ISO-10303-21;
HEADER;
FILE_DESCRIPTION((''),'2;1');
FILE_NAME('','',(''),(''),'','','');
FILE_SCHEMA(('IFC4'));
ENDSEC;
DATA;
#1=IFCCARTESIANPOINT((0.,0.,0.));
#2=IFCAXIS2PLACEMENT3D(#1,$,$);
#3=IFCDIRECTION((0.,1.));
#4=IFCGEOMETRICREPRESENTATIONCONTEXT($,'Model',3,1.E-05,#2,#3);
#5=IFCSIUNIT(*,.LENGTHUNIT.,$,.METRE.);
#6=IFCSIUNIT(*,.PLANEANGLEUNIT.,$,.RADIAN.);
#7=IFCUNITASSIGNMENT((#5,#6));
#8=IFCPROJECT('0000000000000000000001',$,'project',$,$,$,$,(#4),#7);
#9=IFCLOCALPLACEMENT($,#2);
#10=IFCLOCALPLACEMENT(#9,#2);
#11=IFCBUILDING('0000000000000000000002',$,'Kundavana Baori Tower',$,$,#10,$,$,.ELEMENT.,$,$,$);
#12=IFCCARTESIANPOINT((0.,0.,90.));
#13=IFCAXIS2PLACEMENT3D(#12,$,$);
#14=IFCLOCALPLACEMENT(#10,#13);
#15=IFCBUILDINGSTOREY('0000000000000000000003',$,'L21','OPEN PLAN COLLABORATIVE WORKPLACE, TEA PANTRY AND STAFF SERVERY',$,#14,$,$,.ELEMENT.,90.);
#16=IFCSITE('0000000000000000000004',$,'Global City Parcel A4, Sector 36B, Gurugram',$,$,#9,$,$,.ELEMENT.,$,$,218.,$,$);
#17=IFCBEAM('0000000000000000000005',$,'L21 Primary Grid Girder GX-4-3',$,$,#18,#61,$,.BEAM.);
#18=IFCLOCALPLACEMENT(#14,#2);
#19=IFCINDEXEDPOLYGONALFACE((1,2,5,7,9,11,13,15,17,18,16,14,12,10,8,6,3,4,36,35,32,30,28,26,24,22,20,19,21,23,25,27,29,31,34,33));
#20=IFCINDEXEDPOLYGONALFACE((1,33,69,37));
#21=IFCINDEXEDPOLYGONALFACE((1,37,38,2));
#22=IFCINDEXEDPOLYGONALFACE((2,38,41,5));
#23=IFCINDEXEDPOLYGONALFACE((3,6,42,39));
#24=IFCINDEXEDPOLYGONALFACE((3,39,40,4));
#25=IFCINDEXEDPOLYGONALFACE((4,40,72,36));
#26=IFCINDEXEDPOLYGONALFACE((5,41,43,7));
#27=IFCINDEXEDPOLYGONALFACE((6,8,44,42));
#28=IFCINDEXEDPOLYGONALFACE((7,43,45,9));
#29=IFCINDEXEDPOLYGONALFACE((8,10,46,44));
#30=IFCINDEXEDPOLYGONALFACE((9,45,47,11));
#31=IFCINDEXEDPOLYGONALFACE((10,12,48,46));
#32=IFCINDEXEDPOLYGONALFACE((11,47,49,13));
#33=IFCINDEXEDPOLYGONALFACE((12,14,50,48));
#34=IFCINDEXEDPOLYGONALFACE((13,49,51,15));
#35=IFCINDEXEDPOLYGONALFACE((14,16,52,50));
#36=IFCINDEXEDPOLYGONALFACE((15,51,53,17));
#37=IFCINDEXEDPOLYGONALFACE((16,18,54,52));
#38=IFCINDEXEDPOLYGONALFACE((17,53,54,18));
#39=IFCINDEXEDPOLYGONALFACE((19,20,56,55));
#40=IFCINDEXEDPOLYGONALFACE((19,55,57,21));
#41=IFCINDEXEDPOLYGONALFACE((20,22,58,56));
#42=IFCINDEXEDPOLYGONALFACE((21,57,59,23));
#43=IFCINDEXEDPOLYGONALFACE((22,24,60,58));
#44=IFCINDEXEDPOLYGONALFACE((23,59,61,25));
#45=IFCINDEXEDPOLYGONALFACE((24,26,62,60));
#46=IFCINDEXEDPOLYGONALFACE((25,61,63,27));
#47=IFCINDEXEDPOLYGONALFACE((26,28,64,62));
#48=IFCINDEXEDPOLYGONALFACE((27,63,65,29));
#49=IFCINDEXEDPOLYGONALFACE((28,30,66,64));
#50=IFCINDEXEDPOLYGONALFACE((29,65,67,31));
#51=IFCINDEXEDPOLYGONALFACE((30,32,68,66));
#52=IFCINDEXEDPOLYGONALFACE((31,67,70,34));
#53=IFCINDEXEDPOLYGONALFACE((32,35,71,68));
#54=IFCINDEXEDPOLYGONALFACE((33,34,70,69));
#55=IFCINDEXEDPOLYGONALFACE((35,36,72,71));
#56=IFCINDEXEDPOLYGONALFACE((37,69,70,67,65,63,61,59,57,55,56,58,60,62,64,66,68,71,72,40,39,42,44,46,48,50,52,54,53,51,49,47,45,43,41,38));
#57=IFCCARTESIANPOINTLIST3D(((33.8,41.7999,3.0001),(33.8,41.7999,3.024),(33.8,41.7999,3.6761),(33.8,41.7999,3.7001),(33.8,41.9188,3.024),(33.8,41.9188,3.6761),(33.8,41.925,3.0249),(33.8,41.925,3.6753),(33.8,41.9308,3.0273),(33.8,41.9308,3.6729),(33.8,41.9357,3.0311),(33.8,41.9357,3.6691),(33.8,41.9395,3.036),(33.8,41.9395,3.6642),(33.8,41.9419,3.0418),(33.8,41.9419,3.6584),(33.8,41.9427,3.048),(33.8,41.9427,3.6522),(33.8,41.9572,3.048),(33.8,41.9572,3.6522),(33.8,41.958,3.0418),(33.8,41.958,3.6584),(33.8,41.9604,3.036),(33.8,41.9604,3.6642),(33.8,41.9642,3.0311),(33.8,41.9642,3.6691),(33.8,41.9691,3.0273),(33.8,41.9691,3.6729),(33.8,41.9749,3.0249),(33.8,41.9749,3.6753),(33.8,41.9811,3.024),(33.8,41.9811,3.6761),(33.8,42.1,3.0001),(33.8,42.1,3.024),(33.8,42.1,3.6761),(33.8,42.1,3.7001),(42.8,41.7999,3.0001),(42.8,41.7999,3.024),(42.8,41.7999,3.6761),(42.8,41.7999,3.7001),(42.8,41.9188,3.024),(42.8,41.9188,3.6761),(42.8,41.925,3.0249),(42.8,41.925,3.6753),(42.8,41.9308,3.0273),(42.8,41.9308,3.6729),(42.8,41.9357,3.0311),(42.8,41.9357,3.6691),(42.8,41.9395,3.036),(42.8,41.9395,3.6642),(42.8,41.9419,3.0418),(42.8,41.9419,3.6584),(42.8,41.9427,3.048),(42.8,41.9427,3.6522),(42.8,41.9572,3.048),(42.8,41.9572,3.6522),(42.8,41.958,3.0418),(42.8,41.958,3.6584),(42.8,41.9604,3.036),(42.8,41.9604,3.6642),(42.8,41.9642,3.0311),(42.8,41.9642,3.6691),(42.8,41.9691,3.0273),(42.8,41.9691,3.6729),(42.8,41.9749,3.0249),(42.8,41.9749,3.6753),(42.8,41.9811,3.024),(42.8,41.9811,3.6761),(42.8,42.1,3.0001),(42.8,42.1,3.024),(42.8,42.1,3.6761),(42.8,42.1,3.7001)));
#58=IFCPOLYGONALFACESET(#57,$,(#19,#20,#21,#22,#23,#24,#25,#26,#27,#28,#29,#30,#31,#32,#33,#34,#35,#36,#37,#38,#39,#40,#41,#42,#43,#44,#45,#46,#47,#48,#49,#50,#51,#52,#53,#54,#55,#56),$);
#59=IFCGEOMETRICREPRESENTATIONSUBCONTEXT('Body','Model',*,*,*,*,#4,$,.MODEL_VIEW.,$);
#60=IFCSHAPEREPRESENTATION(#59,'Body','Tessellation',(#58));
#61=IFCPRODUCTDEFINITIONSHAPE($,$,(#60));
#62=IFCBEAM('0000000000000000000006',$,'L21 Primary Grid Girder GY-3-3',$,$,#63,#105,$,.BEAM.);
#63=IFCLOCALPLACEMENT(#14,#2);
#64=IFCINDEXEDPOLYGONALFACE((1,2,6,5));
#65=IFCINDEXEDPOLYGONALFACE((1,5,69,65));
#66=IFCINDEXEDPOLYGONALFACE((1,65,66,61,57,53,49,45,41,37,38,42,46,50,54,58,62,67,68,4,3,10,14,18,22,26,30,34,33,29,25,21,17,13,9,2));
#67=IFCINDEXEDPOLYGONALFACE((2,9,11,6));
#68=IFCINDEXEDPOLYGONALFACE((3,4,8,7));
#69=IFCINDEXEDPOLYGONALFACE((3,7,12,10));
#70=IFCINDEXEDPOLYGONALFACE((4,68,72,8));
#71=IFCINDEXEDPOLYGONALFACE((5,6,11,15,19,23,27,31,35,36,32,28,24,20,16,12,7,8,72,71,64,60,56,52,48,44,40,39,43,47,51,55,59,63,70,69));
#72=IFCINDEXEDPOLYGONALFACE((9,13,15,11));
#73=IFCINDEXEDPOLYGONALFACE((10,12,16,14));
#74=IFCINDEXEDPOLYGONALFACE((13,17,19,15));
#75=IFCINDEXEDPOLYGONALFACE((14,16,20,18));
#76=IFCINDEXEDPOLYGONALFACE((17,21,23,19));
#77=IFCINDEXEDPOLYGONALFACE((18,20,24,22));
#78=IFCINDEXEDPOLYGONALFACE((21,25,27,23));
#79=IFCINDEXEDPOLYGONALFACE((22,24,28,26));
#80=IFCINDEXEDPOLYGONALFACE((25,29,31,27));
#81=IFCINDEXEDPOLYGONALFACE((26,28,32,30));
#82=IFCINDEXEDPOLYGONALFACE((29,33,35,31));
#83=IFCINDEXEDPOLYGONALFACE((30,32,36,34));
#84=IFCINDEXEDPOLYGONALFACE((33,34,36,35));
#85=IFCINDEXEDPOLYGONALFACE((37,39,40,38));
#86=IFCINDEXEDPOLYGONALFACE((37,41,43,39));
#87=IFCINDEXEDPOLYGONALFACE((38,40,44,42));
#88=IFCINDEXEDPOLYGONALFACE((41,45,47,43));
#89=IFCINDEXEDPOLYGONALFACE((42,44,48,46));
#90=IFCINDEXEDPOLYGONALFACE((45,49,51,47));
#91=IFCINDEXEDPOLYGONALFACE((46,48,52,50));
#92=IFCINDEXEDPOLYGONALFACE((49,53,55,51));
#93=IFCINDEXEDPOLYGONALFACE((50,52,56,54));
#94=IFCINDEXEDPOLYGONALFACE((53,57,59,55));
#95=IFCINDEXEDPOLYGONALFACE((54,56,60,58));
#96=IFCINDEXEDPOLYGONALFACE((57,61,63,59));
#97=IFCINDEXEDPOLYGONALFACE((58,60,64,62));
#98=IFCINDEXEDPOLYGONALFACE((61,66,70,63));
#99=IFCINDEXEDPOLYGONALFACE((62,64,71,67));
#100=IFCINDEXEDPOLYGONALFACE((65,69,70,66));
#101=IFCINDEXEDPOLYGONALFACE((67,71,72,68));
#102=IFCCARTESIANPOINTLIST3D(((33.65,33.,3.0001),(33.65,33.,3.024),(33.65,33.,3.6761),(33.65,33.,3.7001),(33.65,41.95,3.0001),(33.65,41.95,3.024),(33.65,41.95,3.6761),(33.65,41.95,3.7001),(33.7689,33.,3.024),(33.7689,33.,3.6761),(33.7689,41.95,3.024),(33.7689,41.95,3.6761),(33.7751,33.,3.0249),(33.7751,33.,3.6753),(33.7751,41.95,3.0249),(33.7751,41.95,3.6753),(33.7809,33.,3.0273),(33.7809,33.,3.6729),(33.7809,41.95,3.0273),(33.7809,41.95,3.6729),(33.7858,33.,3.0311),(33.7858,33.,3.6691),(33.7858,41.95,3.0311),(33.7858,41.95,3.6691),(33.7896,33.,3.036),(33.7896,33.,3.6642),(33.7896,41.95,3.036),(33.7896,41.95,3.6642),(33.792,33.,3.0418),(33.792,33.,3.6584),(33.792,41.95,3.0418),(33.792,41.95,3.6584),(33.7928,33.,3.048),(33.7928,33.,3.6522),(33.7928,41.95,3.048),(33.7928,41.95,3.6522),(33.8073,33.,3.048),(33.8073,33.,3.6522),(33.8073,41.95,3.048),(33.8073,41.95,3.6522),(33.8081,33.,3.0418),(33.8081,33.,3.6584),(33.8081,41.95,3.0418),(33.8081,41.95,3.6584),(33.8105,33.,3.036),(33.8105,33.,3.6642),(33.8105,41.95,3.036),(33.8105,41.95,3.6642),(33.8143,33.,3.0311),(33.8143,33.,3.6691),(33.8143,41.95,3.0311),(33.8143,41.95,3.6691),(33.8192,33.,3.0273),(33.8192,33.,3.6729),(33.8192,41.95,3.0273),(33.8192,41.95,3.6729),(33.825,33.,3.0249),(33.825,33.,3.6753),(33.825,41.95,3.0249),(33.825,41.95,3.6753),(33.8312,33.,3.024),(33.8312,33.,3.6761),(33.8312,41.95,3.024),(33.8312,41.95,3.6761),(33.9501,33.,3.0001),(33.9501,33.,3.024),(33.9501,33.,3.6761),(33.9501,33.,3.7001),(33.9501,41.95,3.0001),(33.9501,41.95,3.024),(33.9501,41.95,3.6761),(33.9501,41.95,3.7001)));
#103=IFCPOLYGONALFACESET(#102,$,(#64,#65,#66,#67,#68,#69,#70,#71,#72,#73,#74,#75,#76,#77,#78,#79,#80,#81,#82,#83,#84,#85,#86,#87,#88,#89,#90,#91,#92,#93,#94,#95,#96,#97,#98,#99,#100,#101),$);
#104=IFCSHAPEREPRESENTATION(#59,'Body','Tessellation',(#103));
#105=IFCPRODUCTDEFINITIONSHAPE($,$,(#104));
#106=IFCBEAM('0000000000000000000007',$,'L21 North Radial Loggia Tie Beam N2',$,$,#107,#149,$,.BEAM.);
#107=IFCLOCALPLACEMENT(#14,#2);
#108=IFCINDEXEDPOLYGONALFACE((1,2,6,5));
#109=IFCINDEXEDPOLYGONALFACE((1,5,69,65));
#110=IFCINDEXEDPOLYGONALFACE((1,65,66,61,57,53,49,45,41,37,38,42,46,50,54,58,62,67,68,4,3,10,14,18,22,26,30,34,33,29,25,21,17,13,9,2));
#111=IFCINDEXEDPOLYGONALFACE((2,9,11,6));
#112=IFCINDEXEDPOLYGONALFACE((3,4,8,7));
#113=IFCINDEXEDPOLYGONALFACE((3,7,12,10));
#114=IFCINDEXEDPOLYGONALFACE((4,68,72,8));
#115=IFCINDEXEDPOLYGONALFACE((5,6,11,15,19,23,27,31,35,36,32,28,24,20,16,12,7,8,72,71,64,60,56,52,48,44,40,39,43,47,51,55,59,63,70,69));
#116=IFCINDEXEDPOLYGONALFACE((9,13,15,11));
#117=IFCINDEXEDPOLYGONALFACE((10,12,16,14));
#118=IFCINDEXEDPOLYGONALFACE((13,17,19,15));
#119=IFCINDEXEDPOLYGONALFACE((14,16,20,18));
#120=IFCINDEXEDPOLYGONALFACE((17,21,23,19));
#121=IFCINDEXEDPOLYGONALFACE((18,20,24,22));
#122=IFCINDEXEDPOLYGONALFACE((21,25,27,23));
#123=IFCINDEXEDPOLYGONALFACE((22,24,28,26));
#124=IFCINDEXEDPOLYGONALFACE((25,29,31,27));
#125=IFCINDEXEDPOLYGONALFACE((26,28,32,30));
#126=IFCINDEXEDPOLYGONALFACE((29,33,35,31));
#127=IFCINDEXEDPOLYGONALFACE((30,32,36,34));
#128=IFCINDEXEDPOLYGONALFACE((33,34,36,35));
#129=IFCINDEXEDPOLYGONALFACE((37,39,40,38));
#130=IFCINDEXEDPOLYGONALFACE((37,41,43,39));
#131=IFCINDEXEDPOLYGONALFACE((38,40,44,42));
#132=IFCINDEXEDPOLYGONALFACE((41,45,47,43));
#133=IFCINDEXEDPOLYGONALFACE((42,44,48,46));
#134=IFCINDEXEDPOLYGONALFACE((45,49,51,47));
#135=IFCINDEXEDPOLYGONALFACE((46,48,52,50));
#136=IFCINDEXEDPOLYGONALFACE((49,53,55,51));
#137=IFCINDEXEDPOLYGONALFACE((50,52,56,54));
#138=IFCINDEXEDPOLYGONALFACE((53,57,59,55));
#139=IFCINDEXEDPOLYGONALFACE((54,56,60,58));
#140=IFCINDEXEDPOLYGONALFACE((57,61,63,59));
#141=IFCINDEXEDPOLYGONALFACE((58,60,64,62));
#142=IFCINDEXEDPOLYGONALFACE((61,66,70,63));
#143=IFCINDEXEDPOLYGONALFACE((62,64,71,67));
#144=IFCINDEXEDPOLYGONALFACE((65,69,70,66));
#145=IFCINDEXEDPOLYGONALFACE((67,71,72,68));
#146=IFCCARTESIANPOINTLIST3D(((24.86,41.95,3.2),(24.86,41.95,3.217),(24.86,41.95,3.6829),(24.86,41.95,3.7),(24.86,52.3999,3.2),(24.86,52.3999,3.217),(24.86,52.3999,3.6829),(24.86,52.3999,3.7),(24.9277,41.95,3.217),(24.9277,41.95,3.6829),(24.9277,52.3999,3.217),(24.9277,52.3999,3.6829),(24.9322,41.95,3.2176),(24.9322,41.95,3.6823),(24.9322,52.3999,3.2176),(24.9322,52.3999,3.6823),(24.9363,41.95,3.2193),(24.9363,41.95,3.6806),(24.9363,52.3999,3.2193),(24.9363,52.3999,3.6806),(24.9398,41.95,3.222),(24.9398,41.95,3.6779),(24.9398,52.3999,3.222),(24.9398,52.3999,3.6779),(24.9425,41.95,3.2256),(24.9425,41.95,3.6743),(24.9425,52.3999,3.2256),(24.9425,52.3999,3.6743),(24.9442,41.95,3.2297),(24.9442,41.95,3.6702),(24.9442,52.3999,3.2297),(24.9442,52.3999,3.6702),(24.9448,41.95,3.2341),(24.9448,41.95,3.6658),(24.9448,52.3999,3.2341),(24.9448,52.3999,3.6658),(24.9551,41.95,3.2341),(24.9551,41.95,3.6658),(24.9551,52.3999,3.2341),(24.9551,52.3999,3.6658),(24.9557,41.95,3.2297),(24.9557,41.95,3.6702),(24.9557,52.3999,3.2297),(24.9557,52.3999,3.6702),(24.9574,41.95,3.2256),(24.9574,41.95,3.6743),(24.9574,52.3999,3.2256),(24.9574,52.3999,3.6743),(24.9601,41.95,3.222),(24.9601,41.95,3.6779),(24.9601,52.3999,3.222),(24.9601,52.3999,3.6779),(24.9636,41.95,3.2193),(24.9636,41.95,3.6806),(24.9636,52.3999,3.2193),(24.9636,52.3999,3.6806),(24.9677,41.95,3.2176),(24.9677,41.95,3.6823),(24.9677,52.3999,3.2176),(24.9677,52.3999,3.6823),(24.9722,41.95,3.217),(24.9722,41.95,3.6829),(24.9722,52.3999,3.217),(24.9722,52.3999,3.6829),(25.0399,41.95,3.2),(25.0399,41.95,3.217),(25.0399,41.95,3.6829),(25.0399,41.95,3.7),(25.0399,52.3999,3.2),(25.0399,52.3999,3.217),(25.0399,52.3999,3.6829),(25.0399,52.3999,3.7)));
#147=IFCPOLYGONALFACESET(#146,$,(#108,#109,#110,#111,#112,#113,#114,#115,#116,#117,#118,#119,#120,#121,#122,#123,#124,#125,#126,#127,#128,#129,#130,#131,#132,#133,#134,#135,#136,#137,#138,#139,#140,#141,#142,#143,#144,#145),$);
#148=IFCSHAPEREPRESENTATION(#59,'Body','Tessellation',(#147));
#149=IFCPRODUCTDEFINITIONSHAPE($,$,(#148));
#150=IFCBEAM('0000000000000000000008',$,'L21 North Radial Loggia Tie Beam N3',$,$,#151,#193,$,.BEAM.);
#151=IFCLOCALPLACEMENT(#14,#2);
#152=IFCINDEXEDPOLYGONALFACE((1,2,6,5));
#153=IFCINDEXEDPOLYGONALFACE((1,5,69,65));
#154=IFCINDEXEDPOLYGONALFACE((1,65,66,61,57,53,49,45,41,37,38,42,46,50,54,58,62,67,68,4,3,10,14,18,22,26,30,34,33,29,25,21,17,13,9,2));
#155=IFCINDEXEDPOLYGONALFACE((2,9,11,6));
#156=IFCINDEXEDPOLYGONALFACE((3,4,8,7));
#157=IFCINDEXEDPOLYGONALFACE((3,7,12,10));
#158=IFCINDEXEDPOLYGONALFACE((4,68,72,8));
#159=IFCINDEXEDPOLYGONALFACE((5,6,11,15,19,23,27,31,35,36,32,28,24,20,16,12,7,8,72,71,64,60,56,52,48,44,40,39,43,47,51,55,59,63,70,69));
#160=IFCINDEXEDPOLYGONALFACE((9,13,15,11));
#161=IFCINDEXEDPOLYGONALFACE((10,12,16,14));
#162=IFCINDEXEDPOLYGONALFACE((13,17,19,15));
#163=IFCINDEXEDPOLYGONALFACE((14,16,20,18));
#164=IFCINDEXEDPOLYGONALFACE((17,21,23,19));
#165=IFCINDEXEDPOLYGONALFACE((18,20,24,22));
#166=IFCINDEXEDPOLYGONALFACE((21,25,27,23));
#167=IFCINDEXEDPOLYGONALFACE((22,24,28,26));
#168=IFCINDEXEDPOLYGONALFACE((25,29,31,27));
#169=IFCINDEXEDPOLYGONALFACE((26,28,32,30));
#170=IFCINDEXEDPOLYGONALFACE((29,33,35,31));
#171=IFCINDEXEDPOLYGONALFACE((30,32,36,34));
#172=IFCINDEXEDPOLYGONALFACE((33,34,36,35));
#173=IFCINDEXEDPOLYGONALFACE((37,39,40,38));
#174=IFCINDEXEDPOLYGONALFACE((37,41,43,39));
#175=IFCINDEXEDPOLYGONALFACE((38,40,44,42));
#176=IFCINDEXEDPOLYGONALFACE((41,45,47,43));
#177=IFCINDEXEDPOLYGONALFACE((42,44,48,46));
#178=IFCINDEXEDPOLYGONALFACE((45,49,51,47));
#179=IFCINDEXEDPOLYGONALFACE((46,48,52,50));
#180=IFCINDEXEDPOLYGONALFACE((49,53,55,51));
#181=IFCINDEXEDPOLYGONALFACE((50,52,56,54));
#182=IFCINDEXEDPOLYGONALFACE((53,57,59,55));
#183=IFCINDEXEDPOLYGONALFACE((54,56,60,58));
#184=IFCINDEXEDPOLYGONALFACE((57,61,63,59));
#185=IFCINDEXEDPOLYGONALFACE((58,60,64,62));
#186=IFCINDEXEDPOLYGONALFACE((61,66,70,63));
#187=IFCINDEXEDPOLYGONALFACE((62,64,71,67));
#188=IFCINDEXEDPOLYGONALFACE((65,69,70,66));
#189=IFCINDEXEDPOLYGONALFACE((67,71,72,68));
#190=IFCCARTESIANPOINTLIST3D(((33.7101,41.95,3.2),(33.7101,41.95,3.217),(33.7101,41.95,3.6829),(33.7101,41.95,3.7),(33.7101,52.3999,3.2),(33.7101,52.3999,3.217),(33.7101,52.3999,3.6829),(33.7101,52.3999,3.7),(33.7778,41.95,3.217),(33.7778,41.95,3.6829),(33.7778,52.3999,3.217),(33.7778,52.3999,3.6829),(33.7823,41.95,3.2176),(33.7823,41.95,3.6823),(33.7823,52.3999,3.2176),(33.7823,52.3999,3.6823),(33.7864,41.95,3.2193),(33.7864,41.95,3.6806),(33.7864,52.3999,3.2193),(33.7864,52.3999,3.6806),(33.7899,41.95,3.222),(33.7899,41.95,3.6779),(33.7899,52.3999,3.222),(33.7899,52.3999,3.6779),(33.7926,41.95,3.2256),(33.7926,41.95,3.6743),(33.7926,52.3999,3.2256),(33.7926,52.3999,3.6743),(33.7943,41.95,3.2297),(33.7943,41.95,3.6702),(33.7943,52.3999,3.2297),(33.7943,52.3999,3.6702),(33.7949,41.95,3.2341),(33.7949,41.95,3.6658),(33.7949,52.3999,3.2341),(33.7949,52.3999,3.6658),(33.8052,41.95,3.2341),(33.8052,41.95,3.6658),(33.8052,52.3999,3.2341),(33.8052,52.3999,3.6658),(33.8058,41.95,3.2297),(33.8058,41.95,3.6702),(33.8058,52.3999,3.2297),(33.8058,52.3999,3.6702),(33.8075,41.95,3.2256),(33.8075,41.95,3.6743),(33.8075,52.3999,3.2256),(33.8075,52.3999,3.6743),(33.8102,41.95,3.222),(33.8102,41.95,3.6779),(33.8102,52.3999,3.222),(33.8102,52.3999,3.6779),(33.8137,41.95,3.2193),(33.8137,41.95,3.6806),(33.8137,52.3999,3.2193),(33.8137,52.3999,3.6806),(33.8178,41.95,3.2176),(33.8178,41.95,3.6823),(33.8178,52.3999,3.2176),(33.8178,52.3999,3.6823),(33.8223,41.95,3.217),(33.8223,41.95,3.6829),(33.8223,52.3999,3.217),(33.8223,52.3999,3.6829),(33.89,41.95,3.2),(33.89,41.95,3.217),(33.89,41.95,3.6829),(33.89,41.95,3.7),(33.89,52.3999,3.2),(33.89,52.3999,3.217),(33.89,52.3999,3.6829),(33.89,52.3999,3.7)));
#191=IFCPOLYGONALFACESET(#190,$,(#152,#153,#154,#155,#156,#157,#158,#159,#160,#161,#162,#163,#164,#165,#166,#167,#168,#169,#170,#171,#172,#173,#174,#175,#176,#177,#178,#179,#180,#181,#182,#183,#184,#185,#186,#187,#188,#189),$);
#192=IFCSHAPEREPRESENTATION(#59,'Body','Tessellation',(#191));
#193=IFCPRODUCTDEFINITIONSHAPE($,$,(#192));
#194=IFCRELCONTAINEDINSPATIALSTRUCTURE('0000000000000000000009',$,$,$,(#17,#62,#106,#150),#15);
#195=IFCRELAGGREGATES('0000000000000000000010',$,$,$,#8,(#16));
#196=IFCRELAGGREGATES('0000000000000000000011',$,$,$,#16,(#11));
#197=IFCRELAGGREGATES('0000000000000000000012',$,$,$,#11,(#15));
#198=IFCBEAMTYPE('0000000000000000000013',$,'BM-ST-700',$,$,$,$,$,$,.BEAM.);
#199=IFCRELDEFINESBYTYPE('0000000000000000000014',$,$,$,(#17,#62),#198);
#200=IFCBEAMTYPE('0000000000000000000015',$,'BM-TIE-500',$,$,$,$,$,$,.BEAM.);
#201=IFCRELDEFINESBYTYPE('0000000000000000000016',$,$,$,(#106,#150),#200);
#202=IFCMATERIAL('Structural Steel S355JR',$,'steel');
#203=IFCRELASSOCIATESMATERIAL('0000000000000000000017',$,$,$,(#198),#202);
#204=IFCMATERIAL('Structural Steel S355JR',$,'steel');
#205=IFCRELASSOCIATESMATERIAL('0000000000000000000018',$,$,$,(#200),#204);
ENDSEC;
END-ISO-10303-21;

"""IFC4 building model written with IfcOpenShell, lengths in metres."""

from ifc_helpers import new_model, si_unit, direction, frame, origin, origin_2d, place, context, subcontext, project, spatial, i_section, extrude, material, material_profile, profile_set, type_object, element, save


model = new_model("IFC4")

# Units and contexts
model_context = context("Model", 3, precision=1e-05, world=origin(), true_north=direction((0.0, 1.0)))
body_context = subcontext(model_context, "Body", "Model", "MODEL_VIEW")
ifc_project = project(units=[si_unit("LENGTHUNIT", "METRE"), si_unit("PLANEANGLEUNIT", "RADIAN")], contexts=[model_context])

# Site, building, storey
site_placement = place(None, origin())
site = spatial("IfcSite", under=ifc_project, at=site_placement, Name="Global City Parcel A4, Sector 36B, Gurugram", CompositionType="ELEMENT", RefElevation=218.0)
building_placement = place(site_placement, origin())
building = spatial("IfcBuilding", under=site, at=building_placement, Name="Kundavana Baori Tower", CompositionType="ELEMENT")
storey_placement = place(building_placement, frame((0.0, 0.0, 90.0)))
storey = spatial("IfcBuildingStorey", under=building, at=storey_placement, Name="L21", Description="OPEN PLAN COLLABORATIVE WORKPLACE, TEA PANTRY AND STAFF SERVERY", CompositionType="ELEMENT", Elevation=90.0)

# Beams
ifc_material_1 = material(Name="Structural Steel S355JR", Category="steel")
ifc_material_profile_1 = material_profile(ifc_material_1, i_section(OverallWidth=0.3, OverallDepth=0.7, WebThickness=0.0144, FlangeThickness=0.0239, FilletRadius=0.0239, at=origin_2d()), Name="NPB 700x300x170")
ifc_profile_set_1 = profile_set([ifc_material_profile_1], Name="Structural Steel S355JR")
beam_type_1 = type_object("IfcBeamType", Name="BM-ST-700", PredefinedType="BEAM", material=ifc_profile_set_1)
beam_1_placement = place(storey_placement, frame((33.8, 41.95, 3.3501), z_axis=(1.0, 0.0, 0.0), x_axis=(0.0, 1.0, 0.0)))
element("IfcBeam", 1, at=beam_1_placement, inside=storey, type_object=beam_type_1, Name="L21 Primary Grid Girder GX-4-3", PredefinedType="BEAM", context=body_context, shape_type="SweptSolid", body=[
    extrude(i_section(OverallWidth=0.3, OverallDepth=0.7, WebThickness=0.0144, FlangeThickness=0.0239, FilletRadius=0.0239, at=origin_2d()), origin(), (0.0, 0.0, 1.0), 9.0),
])
beam_2_placement = place(storey_placement, frame((33.8, 33.0, 3.3501), z_axis=(0.0, 1.0, 0.0), x_axis=(-1.0, 0.0, 0.0)))
element("IfcBeam", 2, at=beam_2_placement, inside=storey, type_object=beam_type_1, Name="L21 Primary Grid Girder GY-3-3", PredefinedType="BEAM", context=body_context, shape_type="SweptSolid", body=[
    extrude(i_section(OverallWidth=0.3, OverallDepth=0.7, WebThickness=0.0144, FlangeThickness=0.0239, FilletRadius=0.0239, at=origin_2d()), origin(), (0.0, 0.0, 1.0), 8.95),
])
ifc_material_2 = material(Name="Structural Steel S355JR", Category="steel")
ifc_material_profile_2 = material_profile(ifc_material_2, i_section(OverallWidth=0.1799, OverallDepth=0.5, WebThickness=0.0103, FlangeThickness=0.0171, FilletRadius=0.0171, at=origin_2d()), Name="ISMB 500")
ifc_profile_set_2 = profile_set([ifc_material_profile_2], Name="Structural Steel S355JR")
beam_type_2 = type_object("IfcBeamType", Name="BM-TIE-500", PredefinedType="BEAM", material=ifc_profile_set_2)
for number, where, z_axis, x_axis, name in (
    (3, (24.95, 41.95, 3.45), (0.0, 1.0, 0.0), (-1.0, 0.0, 0.0), "L21 North Radial Loggia Tie Beam N2"),
    (4, (33.8, 41.95, 3.45), (0.0, 1.0, 0.0), (-1.0, 0.0, 0.0), "L21 North Radial Loggia Tie Beam N3"),
):
    element("IfcBeam", number, at=place(storey_placement, frame(where, z_axis=z_axis, x_axis=x_axis)), inside=storey, type_object=beam_type_2, Name=name, PredefinedType="BEAM", context=body_context, shape_type="SweptSolid", body=[
        extrude(i_section(OverallWidth=0.1799, OverallDepth=0.5, WebThickness=0.0103, FlangeThickness=0.0171, FilletRadius=0.0171, at=origin_2d()), origin(), (0.0, 0.0, 1.0), 10.45),
    ])

save(model, "model.ifc")
